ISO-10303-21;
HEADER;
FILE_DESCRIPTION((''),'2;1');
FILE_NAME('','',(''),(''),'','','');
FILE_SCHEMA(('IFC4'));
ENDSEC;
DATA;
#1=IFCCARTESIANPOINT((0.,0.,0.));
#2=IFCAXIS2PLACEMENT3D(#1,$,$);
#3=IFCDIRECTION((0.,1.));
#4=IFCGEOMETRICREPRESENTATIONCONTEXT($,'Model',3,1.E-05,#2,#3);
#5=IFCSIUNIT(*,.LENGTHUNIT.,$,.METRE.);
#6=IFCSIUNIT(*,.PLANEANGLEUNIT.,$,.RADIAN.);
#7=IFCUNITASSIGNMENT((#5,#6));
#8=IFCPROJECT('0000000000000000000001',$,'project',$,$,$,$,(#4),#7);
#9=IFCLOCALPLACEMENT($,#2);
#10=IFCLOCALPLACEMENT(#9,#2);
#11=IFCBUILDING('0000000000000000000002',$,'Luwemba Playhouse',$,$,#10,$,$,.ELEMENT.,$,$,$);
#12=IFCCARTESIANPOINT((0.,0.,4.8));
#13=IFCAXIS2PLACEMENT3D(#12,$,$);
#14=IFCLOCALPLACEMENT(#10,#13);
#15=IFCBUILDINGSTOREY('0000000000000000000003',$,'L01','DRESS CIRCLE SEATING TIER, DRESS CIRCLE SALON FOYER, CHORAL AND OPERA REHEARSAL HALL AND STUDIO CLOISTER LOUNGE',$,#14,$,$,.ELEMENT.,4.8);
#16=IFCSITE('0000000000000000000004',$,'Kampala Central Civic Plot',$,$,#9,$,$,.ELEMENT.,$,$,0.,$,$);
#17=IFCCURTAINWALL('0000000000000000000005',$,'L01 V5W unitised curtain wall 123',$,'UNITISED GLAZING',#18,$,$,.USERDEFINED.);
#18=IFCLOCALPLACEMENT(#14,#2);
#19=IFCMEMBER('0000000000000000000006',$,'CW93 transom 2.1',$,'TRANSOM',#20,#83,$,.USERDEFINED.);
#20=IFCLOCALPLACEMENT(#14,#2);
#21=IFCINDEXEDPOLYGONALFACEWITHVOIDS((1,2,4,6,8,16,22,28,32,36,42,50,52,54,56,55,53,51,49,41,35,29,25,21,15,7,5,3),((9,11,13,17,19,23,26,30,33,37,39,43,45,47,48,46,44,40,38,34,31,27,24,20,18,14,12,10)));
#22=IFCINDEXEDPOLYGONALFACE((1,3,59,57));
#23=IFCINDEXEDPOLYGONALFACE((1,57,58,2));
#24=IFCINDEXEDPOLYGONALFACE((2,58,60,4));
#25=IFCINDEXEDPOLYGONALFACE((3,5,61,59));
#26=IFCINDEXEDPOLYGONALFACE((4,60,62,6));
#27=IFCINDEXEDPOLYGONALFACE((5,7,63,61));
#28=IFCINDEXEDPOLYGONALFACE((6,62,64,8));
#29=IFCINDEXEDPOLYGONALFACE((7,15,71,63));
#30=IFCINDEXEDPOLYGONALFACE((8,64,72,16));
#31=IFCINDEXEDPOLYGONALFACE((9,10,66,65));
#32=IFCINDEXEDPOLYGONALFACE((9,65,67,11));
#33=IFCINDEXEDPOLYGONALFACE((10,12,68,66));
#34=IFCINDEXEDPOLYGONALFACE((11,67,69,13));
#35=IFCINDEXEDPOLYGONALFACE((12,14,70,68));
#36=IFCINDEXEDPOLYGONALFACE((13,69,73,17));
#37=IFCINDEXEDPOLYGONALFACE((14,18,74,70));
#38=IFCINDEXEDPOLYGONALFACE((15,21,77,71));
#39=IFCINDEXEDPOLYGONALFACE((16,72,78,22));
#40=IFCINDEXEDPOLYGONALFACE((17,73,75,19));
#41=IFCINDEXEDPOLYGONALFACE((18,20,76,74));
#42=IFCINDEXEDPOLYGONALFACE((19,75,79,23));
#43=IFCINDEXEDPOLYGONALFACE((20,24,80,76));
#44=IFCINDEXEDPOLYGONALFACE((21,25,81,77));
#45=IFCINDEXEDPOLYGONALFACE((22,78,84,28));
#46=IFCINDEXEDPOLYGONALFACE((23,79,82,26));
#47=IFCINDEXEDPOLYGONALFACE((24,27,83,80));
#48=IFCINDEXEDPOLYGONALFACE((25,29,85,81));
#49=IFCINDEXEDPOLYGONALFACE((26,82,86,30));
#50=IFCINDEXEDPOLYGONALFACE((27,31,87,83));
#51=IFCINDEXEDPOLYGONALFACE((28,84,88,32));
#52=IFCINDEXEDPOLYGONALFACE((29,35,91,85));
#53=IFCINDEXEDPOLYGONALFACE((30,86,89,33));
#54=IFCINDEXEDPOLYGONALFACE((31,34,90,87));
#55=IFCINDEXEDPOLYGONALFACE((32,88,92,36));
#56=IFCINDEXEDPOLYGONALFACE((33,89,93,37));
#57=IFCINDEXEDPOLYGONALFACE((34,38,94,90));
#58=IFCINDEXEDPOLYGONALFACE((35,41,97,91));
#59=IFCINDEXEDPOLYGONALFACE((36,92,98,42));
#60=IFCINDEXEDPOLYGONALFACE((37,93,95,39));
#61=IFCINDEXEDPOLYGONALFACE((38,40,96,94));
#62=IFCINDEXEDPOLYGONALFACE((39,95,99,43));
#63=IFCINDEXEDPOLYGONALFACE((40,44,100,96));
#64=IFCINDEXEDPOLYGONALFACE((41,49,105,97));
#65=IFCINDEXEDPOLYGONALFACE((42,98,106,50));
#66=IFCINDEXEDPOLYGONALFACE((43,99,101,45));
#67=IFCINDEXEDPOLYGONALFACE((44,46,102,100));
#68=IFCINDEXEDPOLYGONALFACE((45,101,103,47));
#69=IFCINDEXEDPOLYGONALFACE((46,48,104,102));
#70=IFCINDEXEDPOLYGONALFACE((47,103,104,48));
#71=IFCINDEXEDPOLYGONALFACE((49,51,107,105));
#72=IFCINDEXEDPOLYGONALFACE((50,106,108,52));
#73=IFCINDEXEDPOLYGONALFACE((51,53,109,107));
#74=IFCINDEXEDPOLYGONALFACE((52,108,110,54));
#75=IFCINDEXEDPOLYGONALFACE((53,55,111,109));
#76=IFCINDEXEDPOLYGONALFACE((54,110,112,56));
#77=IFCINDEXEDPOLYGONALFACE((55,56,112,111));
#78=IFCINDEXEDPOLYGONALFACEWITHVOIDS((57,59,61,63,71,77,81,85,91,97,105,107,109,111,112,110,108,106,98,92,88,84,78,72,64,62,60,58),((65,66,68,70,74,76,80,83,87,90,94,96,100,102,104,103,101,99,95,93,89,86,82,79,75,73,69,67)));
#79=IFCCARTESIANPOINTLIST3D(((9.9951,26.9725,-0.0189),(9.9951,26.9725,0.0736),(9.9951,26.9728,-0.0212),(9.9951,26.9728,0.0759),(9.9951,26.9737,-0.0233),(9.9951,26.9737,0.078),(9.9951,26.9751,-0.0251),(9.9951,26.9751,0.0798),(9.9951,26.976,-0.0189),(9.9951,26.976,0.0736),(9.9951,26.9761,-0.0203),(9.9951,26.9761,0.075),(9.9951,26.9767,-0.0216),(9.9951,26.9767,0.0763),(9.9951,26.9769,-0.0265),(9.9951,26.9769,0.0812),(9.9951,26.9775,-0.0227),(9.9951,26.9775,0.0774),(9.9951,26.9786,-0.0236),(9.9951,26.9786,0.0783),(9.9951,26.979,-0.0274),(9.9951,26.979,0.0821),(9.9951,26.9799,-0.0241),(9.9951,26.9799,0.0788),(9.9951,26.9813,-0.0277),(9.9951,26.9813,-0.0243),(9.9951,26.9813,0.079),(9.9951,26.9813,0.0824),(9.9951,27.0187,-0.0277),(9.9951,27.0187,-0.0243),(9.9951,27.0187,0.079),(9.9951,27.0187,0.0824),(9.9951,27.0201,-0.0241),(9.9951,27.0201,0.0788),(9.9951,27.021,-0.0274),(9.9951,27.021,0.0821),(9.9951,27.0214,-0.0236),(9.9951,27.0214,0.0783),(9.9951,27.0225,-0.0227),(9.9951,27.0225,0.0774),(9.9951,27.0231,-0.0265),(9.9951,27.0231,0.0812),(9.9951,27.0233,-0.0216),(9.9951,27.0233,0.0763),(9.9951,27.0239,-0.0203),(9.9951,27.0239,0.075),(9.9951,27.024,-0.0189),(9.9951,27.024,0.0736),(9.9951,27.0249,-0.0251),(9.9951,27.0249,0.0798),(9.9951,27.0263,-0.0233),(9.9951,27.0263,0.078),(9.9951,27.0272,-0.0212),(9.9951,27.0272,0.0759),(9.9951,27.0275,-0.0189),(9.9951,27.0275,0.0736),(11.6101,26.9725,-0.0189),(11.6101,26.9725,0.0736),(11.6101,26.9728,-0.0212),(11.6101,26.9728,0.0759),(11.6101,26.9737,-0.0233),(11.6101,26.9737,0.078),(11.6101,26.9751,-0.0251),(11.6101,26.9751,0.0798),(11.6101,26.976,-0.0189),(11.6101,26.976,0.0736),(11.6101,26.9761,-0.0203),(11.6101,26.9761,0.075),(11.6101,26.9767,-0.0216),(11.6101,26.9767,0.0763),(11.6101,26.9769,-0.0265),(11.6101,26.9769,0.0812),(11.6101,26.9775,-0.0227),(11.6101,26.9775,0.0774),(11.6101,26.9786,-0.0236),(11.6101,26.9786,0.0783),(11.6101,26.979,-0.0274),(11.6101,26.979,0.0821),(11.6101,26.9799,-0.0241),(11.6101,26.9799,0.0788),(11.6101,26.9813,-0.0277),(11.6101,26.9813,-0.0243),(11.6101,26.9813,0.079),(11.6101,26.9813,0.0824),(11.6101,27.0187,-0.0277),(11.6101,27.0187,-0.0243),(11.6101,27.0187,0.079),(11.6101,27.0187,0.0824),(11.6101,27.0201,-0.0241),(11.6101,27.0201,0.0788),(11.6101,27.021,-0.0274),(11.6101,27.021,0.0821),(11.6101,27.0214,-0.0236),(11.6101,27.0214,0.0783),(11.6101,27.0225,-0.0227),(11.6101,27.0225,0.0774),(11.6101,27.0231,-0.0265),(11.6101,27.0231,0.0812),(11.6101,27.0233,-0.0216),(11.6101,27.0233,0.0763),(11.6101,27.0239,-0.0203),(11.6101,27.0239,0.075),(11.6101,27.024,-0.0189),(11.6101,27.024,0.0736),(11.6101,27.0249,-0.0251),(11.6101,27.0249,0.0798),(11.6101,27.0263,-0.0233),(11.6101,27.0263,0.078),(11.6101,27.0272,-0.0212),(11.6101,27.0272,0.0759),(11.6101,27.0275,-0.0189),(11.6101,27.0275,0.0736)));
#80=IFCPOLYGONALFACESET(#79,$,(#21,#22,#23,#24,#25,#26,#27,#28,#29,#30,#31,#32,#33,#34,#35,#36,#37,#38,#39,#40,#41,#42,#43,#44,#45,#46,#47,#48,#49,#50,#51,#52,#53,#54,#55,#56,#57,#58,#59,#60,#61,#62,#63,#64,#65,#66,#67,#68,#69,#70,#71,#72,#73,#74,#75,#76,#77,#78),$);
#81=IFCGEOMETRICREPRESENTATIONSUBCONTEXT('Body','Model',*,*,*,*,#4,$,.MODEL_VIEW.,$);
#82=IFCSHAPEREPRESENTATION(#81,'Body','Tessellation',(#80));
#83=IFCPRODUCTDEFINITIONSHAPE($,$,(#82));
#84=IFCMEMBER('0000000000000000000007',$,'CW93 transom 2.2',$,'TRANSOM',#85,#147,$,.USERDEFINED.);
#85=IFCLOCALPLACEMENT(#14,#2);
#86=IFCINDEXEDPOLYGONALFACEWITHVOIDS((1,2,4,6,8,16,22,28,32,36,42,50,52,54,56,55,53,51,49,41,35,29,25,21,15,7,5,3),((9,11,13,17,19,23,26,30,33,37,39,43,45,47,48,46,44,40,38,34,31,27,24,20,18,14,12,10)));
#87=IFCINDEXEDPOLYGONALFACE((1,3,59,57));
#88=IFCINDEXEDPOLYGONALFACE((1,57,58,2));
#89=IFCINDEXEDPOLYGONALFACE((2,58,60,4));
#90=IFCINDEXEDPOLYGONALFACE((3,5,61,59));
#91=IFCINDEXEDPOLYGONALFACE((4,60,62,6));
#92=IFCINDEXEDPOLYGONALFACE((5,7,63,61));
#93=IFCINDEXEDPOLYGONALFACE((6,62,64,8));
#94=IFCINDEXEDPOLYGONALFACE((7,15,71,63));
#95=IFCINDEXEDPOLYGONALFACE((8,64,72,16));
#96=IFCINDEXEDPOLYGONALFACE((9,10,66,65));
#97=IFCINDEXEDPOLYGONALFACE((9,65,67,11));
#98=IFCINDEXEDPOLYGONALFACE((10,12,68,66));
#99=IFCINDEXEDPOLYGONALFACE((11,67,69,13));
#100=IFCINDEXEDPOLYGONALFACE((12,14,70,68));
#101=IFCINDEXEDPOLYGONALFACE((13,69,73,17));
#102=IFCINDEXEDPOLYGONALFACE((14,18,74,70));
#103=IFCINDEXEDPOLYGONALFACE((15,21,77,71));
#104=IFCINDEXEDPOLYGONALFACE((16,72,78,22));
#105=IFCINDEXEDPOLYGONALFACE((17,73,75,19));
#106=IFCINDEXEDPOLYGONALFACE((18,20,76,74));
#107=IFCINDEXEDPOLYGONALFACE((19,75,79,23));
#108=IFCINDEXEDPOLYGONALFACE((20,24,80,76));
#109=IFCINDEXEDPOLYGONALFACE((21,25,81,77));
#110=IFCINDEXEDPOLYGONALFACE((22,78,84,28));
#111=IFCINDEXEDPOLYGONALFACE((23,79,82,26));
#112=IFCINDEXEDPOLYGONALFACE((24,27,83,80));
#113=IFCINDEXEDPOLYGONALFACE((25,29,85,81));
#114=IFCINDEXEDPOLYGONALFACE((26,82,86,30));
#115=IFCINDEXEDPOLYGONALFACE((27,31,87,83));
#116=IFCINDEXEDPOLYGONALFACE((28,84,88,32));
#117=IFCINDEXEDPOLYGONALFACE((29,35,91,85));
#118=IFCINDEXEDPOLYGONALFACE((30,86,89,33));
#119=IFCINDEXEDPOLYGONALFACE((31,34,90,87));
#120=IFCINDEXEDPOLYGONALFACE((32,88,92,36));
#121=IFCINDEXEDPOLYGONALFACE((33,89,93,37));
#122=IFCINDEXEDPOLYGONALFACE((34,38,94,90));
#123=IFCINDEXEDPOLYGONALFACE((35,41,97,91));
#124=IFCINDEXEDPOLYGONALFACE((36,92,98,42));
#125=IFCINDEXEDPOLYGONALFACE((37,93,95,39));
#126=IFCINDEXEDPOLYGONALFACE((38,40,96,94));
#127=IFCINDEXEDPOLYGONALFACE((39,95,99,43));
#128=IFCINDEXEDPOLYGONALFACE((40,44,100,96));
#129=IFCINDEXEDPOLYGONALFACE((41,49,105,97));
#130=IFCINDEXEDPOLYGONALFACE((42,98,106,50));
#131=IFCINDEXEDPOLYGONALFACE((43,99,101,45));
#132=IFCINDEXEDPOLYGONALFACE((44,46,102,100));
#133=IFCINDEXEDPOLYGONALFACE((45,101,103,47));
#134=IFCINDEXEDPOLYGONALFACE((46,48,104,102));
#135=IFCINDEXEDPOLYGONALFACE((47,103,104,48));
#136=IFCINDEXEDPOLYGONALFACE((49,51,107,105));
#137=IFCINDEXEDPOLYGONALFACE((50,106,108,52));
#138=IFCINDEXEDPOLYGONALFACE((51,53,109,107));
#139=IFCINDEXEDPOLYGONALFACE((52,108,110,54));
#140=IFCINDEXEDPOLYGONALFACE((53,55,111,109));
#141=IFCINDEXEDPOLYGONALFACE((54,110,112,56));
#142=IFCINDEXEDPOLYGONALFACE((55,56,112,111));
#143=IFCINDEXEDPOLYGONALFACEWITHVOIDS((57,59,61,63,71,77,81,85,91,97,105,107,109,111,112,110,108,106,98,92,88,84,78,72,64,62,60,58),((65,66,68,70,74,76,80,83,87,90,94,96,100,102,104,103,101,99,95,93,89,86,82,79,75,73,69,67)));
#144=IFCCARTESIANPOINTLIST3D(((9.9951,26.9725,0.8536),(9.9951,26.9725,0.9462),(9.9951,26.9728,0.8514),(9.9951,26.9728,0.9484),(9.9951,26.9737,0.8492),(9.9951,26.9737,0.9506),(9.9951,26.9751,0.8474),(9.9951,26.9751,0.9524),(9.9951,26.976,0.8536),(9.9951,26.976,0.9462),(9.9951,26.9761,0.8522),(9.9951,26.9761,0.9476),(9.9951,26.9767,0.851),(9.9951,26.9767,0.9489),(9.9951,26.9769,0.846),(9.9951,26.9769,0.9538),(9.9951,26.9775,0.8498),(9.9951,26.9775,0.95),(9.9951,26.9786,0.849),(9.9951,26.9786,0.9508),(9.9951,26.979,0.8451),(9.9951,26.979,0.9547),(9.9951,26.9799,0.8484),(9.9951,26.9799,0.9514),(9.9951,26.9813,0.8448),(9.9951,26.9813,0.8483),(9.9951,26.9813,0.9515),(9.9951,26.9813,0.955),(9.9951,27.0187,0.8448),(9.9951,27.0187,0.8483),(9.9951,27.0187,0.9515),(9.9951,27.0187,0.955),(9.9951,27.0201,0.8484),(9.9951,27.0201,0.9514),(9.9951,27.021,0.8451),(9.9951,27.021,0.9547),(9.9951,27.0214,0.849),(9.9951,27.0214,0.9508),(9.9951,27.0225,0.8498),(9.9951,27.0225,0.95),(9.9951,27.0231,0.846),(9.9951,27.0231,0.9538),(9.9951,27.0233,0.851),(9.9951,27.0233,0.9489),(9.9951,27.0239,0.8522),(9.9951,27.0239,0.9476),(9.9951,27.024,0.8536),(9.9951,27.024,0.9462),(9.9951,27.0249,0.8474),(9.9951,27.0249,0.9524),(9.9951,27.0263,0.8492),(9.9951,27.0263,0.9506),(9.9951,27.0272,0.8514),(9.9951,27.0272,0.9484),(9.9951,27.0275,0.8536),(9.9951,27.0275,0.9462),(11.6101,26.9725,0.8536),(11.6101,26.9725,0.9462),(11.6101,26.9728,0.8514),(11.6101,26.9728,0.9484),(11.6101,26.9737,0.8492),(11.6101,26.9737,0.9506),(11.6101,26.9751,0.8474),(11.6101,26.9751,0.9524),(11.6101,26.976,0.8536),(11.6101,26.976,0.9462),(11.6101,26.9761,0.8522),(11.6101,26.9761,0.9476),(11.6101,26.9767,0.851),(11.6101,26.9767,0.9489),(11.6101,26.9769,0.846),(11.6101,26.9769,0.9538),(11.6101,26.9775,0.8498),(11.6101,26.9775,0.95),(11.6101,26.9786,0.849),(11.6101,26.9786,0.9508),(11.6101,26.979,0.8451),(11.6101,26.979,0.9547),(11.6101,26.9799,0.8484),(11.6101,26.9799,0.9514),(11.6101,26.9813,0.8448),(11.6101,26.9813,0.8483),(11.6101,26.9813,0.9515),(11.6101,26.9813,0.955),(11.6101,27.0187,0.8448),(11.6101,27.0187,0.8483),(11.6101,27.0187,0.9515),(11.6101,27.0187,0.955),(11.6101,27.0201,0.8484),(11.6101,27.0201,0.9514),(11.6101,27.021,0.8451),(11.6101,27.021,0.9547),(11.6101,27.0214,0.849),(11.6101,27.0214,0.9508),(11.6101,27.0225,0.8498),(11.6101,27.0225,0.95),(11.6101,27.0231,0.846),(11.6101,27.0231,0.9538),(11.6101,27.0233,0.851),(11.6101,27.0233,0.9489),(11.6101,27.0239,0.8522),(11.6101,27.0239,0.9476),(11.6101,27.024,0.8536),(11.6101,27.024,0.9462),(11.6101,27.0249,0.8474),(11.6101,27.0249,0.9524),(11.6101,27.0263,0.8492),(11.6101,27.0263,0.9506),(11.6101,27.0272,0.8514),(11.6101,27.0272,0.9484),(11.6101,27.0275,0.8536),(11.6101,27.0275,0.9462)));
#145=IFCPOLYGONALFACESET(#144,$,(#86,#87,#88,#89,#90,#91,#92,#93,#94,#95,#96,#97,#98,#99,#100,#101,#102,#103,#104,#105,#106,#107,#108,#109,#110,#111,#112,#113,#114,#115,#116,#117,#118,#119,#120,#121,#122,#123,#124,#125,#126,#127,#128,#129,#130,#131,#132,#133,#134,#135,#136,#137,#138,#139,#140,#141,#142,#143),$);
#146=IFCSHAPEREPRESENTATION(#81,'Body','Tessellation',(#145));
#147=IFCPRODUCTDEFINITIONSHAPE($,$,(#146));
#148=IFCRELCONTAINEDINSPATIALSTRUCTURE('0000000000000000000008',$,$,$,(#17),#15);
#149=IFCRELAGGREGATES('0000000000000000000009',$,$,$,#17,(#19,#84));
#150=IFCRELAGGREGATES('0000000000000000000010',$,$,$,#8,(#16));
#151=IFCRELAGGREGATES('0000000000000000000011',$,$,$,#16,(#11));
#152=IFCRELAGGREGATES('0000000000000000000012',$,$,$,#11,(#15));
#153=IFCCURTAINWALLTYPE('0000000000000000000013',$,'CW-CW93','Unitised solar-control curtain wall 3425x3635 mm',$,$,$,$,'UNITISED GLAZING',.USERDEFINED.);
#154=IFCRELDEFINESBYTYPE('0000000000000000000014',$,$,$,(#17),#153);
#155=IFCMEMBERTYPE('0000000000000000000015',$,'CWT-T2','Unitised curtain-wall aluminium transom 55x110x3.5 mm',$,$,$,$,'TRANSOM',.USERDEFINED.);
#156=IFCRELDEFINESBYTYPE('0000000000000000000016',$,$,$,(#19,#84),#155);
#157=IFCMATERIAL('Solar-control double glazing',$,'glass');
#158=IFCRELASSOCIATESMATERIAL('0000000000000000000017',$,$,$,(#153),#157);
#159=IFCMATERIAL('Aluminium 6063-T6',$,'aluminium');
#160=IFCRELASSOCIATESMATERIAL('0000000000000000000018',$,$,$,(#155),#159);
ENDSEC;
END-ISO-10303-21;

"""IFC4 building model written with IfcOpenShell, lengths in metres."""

from ifc_helpers import new_model, si_unit, direction, frame, origin, origin_2d, place, context, subcontext, project, spatial, hollow_rectangle, extrude, material, material_profile, profile_set, type_object, element, aggregate, save


model = new_model("IFC4")

# Units and contexts
model_context = context("Model", 3, precision=1e-05, world=origin(), true_north=direction((0.0, 1.0)))
body_context = subcontext(model_context, "Body", "Model", "MODEL_VIEW")
ifc_project = project(units=[si_unit("LENGTHUNIT", "METRE"), si_unit("PLANEANGLEUNIT", "RADIAN")], contexts=[model_context])

# Site, building, storey
site_placement = place(None, origin())
site = spatial("IfcSite", under=ifc_project, at=site_placement, Name="Kampala Central Civic Plot", CompositionType="ELEMENT", RefElevation=0.0)
building_placement = place(site_placement, origin())
building = spatial("IfcBuilding", under=site, at=building_placement, Name="Luwemba Playhouse", CompositionType="ELEMENT")
storey_placement = place(building_placement, frame((0.0, 0.0, 4.8)))
storey = spatial("IfcBuildingStorey", under=building, at=storey_placement, Name="L01", Description="DRESS CIRCLE SEATING TIER, DRESS CIRCLE SALON FOYER, CHORAL AND OPERA REHEARSAL HALL AND STUDIO CLOISTER LOUNGE", CompositionType="ELEMENT", Elevation=4.8)

# Curtain wall, members
ifc_material_1 = material(Name="Solar-control double glazing", Category="glass")
curtain_wall_type = type_object("IfcCurtainWallType", Name="CW-CW93", Description="Unitised solar-control curtain wall 3425x3635 mm", ElementType="UNITISED GLAZING", PredefinedType="USERDEFINED", material=ifc_material_1)
curtain_wall_placement = place(storey_placement, origin())
curtain_wall = element("IfcCurtainWall", 1, at=curtain_wall_placement, inside=storey, type_object=curtain_wall_type, Name="L01 V5W unitised curtain wall 123", ObjectType="UNITISED GLAZING", PredefinedType="USERDEFINED")
ifc_material_2 = material(Name="Aluminium 6063-T6", Category="aluminium")
ifc_material_profile_1 = material_profile(ifc_material_2, hollow_rectangle(XDim=0.0549, YDim=0.1101, WallThickness=0.0034, InnerFilletRadius=0.0054, OuterFilletRadius=0.0088, at=origin_2d()))
ifc_profile_set_1 = profile_set([ifc_material_profile_1], Name="Aluminium 6063-T6")
member_type_1 = type_object("IfcMemberType", Name="CWT-T2", Description="Unitised curtain-wall aluminium transom 55x110x3.5 mm", ElementType="TRANSOM", PredefinedType="USERDEFINED", material=ifc_profile_set_1)
member_1_placement = place(storey_placement, frame((9.9951, 27.0, 0.0273), z_axis=(1.0, 0.0, 0.0), x_axis=(0.0, 1.0, 0.0)))
member_1 = element("IfcMember", 2, at=member_1_placement, type_object=member_type_1, Name="CW93 transom 2.1", ObjectType="TRANSOM", PredefinedType="USERDEFINED", context=body_context, shape_type="SweptSolid", body=[
    extrude(hollow_rectangle(XDim=0.0549, YDim=0.1101, WallThickness=0.0034, InnerFilletRadius=0.0054, OuterFilletRadius=0.0088, at=origin_2d()), origin(), (0.0, 0.0, 1.0), 1.615),
])
member_2_placement = place(storey_placement, frame((9.9951, 27.0, 0.8999), z_axis=(1.0, 0.0, 0.0), x_axis=(0.0, 1.0, 0.0)))
member_2 = element("IfcMember", 3, at=member_2_placement, type_object=member_type_1, Name="CW93 transom 2.2", ObjectType="TRANSOM", PredefinedType="USERDEFINED", context=body_context, shape_type="SweptSolid", body=[
    extrude(hollow_rectangle(XDim=0.0549, YDim=0.1101, WallThickness=0.0034, InnerFilletRadius=0.0054, OuterFilletRadius=0.0088, at=origin_2d()), origin(), (0.0, 0.0, 1.0), 1.615),
])
aggregate(curtain_wall, [member_1, member_2])

save(model, "model.ifc")
